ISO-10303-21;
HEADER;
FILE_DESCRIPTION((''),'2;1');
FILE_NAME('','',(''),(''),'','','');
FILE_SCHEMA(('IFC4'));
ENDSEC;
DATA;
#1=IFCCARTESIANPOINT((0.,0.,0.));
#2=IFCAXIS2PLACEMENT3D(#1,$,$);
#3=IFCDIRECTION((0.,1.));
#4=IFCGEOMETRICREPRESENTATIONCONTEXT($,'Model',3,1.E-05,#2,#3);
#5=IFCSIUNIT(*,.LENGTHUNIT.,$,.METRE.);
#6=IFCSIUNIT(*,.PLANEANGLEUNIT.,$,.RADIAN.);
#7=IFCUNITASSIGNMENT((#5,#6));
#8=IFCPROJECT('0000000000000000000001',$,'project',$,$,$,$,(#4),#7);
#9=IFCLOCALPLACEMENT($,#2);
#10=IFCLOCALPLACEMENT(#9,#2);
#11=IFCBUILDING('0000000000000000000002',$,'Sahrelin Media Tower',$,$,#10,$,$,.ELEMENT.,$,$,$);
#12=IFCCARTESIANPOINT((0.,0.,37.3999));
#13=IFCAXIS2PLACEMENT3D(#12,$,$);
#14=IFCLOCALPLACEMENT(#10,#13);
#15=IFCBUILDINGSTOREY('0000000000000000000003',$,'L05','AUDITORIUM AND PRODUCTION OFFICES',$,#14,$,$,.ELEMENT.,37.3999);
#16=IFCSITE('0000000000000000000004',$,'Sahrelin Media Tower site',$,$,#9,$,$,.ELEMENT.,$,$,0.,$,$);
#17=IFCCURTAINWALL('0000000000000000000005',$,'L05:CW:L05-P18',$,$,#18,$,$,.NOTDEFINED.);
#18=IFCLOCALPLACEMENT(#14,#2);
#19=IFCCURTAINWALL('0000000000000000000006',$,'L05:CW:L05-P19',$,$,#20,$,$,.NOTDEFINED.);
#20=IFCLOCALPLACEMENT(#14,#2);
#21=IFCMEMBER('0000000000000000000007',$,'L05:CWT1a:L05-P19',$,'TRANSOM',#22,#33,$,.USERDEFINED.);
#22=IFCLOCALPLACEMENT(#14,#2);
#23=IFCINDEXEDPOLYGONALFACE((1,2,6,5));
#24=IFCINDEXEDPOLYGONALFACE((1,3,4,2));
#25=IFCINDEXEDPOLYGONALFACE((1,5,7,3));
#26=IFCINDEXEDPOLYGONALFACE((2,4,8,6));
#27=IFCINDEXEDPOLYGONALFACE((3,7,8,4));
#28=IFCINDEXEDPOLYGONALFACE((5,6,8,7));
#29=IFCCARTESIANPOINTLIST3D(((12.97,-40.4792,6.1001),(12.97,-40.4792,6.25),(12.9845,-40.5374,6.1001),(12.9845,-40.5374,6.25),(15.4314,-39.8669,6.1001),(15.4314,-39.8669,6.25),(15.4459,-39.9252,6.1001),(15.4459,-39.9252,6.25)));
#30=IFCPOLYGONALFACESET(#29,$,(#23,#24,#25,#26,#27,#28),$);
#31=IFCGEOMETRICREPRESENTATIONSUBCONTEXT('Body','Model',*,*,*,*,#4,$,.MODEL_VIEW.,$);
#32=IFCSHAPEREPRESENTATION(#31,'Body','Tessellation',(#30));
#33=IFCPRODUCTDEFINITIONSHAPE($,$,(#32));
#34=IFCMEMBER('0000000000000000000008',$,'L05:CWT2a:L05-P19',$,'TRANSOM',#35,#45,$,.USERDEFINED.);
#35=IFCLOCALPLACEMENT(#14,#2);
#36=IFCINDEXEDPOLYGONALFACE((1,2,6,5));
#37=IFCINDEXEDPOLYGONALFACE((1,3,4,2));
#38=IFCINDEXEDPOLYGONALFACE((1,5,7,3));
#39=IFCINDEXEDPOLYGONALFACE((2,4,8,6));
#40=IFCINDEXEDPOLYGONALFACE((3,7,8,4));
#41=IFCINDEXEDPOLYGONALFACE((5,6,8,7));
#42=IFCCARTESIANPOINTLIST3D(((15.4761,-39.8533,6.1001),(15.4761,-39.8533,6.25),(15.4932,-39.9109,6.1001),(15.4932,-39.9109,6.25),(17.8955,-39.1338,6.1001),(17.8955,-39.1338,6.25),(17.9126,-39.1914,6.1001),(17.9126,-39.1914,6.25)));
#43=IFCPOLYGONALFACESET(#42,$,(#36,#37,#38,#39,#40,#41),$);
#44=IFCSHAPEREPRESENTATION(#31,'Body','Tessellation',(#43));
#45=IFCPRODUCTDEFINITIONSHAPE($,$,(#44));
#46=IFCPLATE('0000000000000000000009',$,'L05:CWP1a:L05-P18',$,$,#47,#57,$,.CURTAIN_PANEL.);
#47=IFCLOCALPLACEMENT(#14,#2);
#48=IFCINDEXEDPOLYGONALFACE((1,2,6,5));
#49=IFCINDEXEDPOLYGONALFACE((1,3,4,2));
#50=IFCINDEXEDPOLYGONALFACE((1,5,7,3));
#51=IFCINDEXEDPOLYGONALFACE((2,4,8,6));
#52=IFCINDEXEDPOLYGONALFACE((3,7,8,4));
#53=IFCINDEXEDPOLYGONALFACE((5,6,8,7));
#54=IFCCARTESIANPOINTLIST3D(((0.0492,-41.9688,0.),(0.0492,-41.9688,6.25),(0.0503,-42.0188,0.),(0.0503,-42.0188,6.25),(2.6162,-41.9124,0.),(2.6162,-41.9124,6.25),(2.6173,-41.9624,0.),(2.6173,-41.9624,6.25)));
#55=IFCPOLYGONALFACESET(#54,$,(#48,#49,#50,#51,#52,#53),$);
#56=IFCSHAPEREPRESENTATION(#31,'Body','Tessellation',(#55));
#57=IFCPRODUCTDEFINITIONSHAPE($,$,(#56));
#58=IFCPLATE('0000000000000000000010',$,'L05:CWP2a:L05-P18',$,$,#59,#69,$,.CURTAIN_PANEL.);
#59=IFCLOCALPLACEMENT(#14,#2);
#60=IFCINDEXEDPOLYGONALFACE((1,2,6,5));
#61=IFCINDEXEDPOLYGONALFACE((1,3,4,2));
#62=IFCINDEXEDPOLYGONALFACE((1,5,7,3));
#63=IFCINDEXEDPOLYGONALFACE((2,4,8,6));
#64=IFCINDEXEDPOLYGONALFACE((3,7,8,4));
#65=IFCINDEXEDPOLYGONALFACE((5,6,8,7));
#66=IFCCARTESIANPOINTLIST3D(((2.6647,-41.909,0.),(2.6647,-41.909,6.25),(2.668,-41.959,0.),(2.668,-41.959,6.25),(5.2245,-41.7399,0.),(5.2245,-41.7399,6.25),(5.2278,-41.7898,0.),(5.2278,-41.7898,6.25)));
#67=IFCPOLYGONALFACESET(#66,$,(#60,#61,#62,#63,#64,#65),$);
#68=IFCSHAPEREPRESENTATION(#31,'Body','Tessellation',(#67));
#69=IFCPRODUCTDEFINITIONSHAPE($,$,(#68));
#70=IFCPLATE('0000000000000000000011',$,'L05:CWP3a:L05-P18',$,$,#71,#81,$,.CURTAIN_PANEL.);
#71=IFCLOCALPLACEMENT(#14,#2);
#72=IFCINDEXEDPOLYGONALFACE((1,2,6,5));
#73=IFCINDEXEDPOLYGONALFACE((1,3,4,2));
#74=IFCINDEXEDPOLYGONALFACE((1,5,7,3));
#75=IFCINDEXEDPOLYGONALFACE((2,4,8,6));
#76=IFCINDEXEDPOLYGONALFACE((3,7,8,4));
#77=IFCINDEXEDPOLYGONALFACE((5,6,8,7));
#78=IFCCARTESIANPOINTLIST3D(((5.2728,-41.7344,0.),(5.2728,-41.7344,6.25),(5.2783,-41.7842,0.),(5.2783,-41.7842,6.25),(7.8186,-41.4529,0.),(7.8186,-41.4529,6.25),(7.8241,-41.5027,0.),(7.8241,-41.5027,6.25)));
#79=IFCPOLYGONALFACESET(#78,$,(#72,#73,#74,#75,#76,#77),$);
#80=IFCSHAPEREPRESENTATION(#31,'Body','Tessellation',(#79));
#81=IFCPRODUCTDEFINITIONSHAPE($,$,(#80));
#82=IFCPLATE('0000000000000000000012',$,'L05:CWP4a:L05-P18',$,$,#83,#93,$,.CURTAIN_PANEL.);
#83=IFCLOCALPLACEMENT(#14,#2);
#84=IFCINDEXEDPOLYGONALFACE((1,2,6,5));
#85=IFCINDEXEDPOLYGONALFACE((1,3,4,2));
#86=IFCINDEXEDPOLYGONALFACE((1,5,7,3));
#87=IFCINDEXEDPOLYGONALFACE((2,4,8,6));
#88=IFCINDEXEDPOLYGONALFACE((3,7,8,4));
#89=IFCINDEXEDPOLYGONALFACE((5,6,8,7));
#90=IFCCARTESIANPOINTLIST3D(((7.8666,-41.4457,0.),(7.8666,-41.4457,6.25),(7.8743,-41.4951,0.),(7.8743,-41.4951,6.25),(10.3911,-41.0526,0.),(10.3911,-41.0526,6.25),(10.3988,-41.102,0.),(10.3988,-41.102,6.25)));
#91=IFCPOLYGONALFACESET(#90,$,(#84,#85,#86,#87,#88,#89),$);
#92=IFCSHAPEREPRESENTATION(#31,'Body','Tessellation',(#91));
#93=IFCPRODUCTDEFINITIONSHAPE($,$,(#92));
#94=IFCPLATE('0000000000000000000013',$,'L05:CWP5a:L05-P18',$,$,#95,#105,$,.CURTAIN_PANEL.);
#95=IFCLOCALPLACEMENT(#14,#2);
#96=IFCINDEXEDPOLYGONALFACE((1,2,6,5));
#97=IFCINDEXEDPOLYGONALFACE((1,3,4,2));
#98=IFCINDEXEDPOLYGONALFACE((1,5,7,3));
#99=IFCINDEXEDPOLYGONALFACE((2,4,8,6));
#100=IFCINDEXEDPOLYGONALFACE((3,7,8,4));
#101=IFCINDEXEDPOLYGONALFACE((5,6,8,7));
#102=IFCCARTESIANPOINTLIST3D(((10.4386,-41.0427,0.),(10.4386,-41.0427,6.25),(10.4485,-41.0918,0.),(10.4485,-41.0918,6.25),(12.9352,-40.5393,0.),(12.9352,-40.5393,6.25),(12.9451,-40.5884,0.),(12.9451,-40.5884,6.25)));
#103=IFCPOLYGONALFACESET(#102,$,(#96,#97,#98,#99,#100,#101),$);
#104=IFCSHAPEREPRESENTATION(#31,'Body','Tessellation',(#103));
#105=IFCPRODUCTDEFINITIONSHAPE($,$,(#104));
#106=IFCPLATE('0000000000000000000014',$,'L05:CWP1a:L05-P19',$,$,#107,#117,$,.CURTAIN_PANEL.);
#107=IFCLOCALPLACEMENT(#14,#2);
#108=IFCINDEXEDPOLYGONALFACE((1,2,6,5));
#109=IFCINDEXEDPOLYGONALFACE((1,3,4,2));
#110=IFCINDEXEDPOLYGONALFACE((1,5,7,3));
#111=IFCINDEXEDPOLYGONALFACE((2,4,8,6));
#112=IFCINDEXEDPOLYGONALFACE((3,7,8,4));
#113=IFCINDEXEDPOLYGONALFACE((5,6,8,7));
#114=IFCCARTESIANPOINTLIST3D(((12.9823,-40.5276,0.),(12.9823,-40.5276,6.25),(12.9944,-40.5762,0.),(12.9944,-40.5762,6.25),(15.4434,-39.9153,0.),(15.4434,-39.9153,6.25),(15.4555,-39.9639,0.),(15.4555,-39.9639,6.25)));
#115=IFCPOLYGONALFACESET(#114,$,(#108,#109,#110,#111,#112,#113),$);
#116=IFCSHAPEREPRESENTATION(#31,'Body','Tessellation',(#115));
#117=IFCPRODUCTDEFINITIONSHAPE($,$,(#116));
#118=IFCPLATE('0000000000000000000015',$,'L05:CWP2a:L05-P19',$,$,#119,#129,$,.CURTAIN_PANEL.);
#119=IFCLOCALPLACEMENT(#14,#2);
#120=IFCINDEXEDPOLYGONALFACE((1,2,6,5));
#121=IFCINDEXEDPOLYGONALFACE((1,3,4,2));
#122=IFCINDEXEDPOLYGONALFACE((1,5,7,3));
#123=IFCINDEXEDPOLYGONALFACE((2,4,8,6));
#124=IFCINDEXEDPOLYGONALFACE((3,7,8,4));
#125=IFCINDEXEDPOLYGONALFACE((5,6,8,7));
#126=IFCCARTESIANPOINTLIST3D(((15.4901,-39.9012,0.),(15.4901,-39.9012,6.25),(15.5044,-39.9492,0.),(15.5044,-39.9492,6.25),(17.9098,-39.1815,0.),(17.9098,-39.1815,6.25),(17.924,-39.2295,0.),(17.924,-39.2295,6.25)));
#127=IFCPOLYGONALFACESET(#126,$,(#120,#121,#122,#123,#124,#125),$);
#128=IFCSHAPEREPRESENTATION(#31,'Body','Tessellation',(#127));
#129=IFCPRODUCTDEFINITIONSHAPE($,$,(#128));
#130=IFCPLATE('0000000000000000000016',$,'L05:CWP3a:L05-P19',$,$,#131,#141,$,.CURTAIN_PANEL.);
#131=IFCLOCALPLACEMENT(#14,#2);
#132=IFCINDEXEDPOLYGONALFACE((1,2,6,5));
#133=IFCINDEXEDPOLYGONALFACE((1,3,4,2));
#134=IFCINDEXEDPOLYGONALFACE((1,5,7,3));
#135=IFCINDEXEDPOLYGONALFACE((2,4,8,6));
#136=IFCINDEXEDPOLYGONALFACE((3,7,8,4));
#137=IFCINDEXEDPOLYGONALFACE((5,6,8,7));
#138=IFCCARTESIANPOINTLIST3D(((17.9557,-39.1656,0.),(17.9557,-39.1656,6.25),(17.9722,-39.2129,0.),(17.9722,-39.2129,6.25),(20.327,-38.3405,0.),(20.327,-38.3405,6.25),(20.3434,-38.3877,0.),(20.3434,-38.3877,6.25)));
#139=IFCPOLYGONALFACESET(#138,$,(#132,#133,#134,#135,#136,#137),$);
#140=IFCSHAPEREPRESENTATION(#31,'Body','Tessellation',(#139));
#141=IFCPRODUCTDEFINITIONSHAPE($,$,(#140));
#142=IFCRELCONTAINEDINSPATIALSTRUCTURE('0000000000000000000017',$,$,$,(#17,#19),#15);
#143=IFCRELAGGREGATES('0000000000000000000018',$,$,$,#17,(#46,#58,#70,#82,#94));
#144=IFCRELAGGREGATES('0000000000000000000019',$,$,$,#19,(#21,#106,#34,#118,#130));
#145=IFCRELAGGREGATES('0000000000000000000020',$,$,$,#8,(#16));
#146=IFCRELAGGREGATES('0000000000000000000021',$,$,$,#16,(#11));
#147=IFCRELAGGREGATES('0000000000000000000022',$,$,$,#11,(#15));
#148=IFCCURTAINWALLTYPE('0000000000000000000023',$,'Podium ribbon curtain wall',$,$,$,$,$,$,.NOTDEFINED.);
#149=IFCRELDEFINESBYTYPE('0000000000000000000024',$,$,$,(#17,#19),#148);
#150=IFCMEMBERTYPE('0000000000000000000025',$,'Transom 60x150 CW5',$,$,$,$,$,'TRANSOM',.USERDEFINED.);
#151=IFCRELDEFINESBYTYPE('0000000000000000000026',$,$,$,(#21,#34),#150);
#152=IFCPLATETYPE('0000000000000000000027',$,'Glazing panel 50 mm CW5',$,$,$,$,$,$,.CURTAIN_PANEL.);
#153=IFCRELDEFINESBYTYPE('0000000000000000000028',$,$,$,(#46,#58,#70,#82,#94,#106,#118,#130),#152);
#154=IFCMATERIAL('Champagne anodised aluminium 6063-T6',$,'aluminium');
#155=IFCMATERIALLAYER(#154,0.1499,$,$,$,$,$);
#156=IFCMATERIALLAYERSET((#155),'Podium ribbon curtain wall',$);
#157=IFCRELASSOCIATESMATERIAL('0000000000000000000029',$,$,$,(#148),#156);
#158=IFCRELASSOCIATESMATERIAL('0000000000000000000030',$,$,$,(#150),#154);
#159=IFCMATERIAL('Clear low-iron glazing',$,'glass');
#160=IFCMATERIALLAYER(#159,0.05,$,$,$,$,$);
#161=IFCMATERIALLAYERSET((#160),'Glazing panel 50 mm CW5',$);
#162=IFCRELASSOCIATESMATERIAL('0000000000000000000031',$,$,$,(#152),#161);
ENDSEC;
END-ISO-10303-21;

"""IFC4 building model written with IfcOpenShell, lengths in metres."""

from ifc_helpers import new_model, si_unit, direction, frame, origin, origin_2d, place, context, subcontext, project, spatial, polyline, rectangle, outline, extrude, material, layer, layer_set, material_profile, profile_set, type_object, element, aggregate, save


model = new_model("IFC4")

# Units and contexts
model_context = context("Model", 3, precision=1e-05, world=origin(), true_north=direction((0.0, 1.0)))
body_context = subcontext(model_context, "Body", "Model", "MODEL_VIEW")
ifc_project = project(units=[si_unit("LENGTHUNIT", "METRE"), si_unit("PLANEANGLEUNIT", "RADIAN")], contexts=[model_context])

# Site, building, storey
site_placement = place(None, origin())
site = spatial("IfcSite", under=ifc_project, at=site_placement, Name="Sahrelin Media Tower site", CompositionType="ELEMENT", RefElevation=0.0)
building_placement = place(site_placement, origin())
building = spatial("IfcBuilding", under=site, at=building_placement, Name="Sahrelin Media Tower", CompositionType="ELEMENT")
storey_placement = place(building_placement, frame((0.0, 0.0, 37.3999)))
storey = spatial("IfcBuildingStorey", under=building, at=storey_placement, Name="L05", Description="AUDITORIUM AND PRODUCTION OFFICES", CompositionType="ELEMENT", Elevation=37.3999)

# Curtain walls
ifc_material_1 = material(Name="Champagne anodised aluminium 6063-T6", Category="aluminium")
ifc_layer_1 = layer(ifc_material_1, 0.1499)
ifc_layer_set_1 = layer_set([ifc_layer_1], Name="Podium ribbon curtain wall")
curtain_wall_type = type_object("IfcCurtainWallType", Name="Podium ribbon curtain wall", PredefinedType="NOTDEFINED", material=ifc_layer_set_1)
curtain_wall_1_placement = place(storey_placement, frame((0.0, -42.0, 0.0), z_axis=(0.0, 0.0, 1.0), x_axis=(1.0, 0.0, 0.0)))
curtain_wall_1 = element("IfcCurtainWall", 1, at=curtain_wall_1_placement, inside=storey, type_object=curtain_wall_type, Name="L05:CW:L05-P18", PredefinedType="NOTDEFINED")
curtain_wall_2_placement = place(storey_placement, frame((12.9409, -40.5688, 0.0), z_axis=(0.0, 0.0, 1.0), x_axis=(1.0, 0.0, 0.0)))
curtain_wall_2 = element("IfcCurtainWall", 2, at=curtain_wall_2_placement, inside=storey, type_object=curtain_wall_type, Name="L05:CW:L05-P19", PredefinedType="NOTDEFINED")

# Members
ifc_material_profile_1 = material_profile(ifc_material_1, rectangle(XDim=0.0601, YDim=0.1499, at=origin_2d()), Name="Transom 60x150")
ifc_profile_set_1 = profile_set([ifc_material_profile_1], Name="Champagne anodised aluminium 6063-T6")
member_type_1 = type_object("IfcMemberType", Name="Transom 60x150 CW5", ElementType="TRANSOM", PredefinedType="USERDEFINED", material=ifc_profile_set_1)
member_1_placement = place(storey_placement, frame((12.9773, -40.5083, 6.175), z_axis=(0.970425, 0.241403, 0.0), x_axis=(-0.241403, 0.970425, 0.0)))
member_1 = element("IfcMember", 3, at=member_1_placement, type_object=member_type_1, Name="L05:CWT1a:L05-P19", ObjectType="TRANSOM", PredefinedType="USERDEFINED", context=body_context, shape_type="SweptSolid", body=[
    extrude(rectangle(XDim=0.0601, YDim=0.1499, at=origin_2d()), origin(), (0.0, 0.0, 1.0), 2.5364),
])
member_2_placement = place(storey_placement, frame((15.4846, -39.8821, 6.175), z_axis=(0.958516, 0.28504, 0.0), x_axis=(-0.28504, 0.958516, 0.0)))
member_2 = element("IfcMember", 4, at=member_2_placement, type_object=member_type_1, Name="L05:CWT2a:L05-P19", ObjectType="TRANSOM", PredefinedType="USERDEFINED", context=body_context, shape_type="SweptSolid", body=[
    extrude(rectangle(XDim=0.0601, YDim=0.1499, at=origin_2d()), origin(), (0.0, 0.0, 1.0), 2.5242),
])

# Plates
ifc_material_2 = material(Name="Clear low-iron glazing", Category="glass")
ifc_layer_2 = layer(ifc_material_2, 0.05)
ifc_layer_set_2 = layer_set([ifc_layer_2], Name="Glazing panel 50 mm CW5")
plate_type = type_object("IfcPlateType", Name="Glazing panel 50 mm CW5", PredefinedType="CURTAIN_PANEL", material=ifc_layer_set_2)
plate_1_placement = place(storey_placement, frame((0.0503, -42.0188, 0.0), z_axis=(0.021965, -0.999759, 0.0), x_axis=(0.999759, 0.021965, 0.0)))
plate_1 = element("IfcPlate", 5, at=plate_1_placement, type_object=plate_type, Name="L05:CWP1a:L05-P18", PredefinedType="CURTAIN_PANEL", context=body_context, shape_type="SweptSolid", body=[
    extrude(outline(polyline([(0.0, 0.0), (2.5676, 0.0), (2.5676, 6.25), (0.0, 6.25), (0.0, 0.0)])), origin(), (0.0, 0.0, -1.0), 0.05),
])
plate_2_placement = place(storey_placement, frame((2.668, -41.959, 0.0), z_axis=(0.065951, -0.997823, 0.0), x_axis=(0.997823, 0.065951, 0.0)))
plate_2 = element("IfcPlate", 6, at=plate_2_placement, type_object=plate_type, Name="L05:CWP2a:L05-P18", PredefinedType="CURTAIN_PANEL", context=body_context, shape_type="SweptSolid", body=[
    extrude(outline(polyline([(0.0, 0.0), (2.5654, 0.0), (2.5654, 6.25), (0.0, 6.25), (0.0, 0.0)])), origin(), (0.0, 0.0, -1.0), 0.05),
])
plate_3_placement = place(storey_placement, frame((5.2783, -41.7842, 0.0), z_axis=(0.109908, -0.993942, 0.0), x_axis=(0.993942, 0.109908, 0.0)))
plate_3 = element("IfcPlate", 7, at=plate_3_placement, type_object=plate_type, Name="L05:CWP3a:L05-P18", PredefinedType="CURTAIN_PANEL", context=body_context, shape_type="SweptSolid", body=[
    extrude(outline(polyline([(0.0, 0.0), (2.5613, 0.0), (2.5613, 6.25), (0.0, 6.25), (0.0, 0.0)])), origin(), (0.0, 0.0, -1.0), 0.05),
])
plate_4_placement = place(storey_placement, frame((7.8743, -41.4951, 0.0), z_axis=(0.153852, -0.988094, 0.0), x_axis=(0.988094, 0.153852, 0.0)))
plate_4 = element("IfcPlate", 8, at=plate_4_placement, type_object=plate_type, Name="L05:CWP4a:L05-P18", PredefinedType="CURTAIN_PANEL", context=body_context, shape_type="SweptSolid", body=[
    extrude(outline(polyline([(0.0, 0.0), (2.5549, 0.0), (2.5549, 6.25), (0.0, 6.25), (0.0, 0.0)])), origin(), (0.0, 0.0, -1.0), 0.05),
])
plate_5_placement = place(storey_placement, frame((10.4485, -41.0918, 0.0), z_axis=(0.197664, -0.98027, 0.0), x_axis=(0.98027, 0.197664, 0.0)))
plate_5 = element("IfcPlate", 9, at=plate_5_placement, type_object=plate_type, Name="L05:CWP5a:L05-P18", PredefinedType="CURTAIN_PANEL", context=body_context, shape_type="SweptSolid", body=[
    extrude(outline(polyline([(0.0, 0.0), (2.5469, 0.0), (2.5469, 6.25), (0.0, 6.25), (0.0, 0.0)])), origin(), (0.0, 0.0, -1.0), 0.05),
])
aggregate(curtain_wall_1, [plate_1, plate_2, plate_3, plate_4, plate_5])
plate_6_placement = place(storey_placement, frame((12.9944, -40.5762, 0.0), z_axis=(0.241426, -0.970419, 0.0), x_axis=(0.970419, 0.241426, 0.0)))
plate_6 = element("IfcPlate", 10, at=plate_6_placement, type_object=plate_type, Name="L05:CWP1a:L05-P19", PredefinedType="CURTAIN_PANEL", context=body_context, shape_type="SweptSolid", body=[
    extrude(outline(polyline([(0.0, 0.0), (2.5361, 0.0), (2.5361, 6.25), (0.0, 6.25), (0.0, 0.0)])), origin(), (0.0, 0.0, -1.0), 0.05),
])
plate_7_placement = place(storey_placement, frame((15.5044, -39.9492, 0.0), z_axis=(0.285102, -0.958497, 0.0), x_axis=(0.958497, 0.285102, 0.0)))
plate_7 = element("IfcPlate", 11, at=plate_7_placement, type_object=plate_type, Name="L05:CWP2a:L05-P19", PredefinedType="CURTAIN_PANEL", context=body_context, shape_type="SweptSolid", body=[
    extrude(outline(polyline([(0.0, 0.0), (2.5244, 0.0), (2.5244, 6.25), (0.0, 6.25), (0.0, 0.0)])), origin(), (0.0, 0.0, -1.0), 0.05),
])
plate_8_placement = place(storey_placement, frame((17.9722, -39.2129, 0.0), z_axis=(0.328656, -0.94445, 0.0), x_axis=(0.94445, 0.328656, 0.0)))
plate_8 = element("IfcPlate", 12, at=plate_8_placement, type_object=plate_type, Name="L05:CWP3a:L05-P19", PredefinedType="CURTAIN_PANEL", context=body_context, shape_type="SweptSolid", body=[
    extrude(outline(polyline([(0.0, 0.0), (2.5107, 0.0), (2.5107, 6.25), (0.0, 6.25), (0.0, 0.0)])), origin(), (0.0, 0.0, -1.0), 0.05),
])
aggregate(curtain_wall_2, [member_1, plate_6, member_2, plate_7, plate_8])

save(model, "model.ifc")
